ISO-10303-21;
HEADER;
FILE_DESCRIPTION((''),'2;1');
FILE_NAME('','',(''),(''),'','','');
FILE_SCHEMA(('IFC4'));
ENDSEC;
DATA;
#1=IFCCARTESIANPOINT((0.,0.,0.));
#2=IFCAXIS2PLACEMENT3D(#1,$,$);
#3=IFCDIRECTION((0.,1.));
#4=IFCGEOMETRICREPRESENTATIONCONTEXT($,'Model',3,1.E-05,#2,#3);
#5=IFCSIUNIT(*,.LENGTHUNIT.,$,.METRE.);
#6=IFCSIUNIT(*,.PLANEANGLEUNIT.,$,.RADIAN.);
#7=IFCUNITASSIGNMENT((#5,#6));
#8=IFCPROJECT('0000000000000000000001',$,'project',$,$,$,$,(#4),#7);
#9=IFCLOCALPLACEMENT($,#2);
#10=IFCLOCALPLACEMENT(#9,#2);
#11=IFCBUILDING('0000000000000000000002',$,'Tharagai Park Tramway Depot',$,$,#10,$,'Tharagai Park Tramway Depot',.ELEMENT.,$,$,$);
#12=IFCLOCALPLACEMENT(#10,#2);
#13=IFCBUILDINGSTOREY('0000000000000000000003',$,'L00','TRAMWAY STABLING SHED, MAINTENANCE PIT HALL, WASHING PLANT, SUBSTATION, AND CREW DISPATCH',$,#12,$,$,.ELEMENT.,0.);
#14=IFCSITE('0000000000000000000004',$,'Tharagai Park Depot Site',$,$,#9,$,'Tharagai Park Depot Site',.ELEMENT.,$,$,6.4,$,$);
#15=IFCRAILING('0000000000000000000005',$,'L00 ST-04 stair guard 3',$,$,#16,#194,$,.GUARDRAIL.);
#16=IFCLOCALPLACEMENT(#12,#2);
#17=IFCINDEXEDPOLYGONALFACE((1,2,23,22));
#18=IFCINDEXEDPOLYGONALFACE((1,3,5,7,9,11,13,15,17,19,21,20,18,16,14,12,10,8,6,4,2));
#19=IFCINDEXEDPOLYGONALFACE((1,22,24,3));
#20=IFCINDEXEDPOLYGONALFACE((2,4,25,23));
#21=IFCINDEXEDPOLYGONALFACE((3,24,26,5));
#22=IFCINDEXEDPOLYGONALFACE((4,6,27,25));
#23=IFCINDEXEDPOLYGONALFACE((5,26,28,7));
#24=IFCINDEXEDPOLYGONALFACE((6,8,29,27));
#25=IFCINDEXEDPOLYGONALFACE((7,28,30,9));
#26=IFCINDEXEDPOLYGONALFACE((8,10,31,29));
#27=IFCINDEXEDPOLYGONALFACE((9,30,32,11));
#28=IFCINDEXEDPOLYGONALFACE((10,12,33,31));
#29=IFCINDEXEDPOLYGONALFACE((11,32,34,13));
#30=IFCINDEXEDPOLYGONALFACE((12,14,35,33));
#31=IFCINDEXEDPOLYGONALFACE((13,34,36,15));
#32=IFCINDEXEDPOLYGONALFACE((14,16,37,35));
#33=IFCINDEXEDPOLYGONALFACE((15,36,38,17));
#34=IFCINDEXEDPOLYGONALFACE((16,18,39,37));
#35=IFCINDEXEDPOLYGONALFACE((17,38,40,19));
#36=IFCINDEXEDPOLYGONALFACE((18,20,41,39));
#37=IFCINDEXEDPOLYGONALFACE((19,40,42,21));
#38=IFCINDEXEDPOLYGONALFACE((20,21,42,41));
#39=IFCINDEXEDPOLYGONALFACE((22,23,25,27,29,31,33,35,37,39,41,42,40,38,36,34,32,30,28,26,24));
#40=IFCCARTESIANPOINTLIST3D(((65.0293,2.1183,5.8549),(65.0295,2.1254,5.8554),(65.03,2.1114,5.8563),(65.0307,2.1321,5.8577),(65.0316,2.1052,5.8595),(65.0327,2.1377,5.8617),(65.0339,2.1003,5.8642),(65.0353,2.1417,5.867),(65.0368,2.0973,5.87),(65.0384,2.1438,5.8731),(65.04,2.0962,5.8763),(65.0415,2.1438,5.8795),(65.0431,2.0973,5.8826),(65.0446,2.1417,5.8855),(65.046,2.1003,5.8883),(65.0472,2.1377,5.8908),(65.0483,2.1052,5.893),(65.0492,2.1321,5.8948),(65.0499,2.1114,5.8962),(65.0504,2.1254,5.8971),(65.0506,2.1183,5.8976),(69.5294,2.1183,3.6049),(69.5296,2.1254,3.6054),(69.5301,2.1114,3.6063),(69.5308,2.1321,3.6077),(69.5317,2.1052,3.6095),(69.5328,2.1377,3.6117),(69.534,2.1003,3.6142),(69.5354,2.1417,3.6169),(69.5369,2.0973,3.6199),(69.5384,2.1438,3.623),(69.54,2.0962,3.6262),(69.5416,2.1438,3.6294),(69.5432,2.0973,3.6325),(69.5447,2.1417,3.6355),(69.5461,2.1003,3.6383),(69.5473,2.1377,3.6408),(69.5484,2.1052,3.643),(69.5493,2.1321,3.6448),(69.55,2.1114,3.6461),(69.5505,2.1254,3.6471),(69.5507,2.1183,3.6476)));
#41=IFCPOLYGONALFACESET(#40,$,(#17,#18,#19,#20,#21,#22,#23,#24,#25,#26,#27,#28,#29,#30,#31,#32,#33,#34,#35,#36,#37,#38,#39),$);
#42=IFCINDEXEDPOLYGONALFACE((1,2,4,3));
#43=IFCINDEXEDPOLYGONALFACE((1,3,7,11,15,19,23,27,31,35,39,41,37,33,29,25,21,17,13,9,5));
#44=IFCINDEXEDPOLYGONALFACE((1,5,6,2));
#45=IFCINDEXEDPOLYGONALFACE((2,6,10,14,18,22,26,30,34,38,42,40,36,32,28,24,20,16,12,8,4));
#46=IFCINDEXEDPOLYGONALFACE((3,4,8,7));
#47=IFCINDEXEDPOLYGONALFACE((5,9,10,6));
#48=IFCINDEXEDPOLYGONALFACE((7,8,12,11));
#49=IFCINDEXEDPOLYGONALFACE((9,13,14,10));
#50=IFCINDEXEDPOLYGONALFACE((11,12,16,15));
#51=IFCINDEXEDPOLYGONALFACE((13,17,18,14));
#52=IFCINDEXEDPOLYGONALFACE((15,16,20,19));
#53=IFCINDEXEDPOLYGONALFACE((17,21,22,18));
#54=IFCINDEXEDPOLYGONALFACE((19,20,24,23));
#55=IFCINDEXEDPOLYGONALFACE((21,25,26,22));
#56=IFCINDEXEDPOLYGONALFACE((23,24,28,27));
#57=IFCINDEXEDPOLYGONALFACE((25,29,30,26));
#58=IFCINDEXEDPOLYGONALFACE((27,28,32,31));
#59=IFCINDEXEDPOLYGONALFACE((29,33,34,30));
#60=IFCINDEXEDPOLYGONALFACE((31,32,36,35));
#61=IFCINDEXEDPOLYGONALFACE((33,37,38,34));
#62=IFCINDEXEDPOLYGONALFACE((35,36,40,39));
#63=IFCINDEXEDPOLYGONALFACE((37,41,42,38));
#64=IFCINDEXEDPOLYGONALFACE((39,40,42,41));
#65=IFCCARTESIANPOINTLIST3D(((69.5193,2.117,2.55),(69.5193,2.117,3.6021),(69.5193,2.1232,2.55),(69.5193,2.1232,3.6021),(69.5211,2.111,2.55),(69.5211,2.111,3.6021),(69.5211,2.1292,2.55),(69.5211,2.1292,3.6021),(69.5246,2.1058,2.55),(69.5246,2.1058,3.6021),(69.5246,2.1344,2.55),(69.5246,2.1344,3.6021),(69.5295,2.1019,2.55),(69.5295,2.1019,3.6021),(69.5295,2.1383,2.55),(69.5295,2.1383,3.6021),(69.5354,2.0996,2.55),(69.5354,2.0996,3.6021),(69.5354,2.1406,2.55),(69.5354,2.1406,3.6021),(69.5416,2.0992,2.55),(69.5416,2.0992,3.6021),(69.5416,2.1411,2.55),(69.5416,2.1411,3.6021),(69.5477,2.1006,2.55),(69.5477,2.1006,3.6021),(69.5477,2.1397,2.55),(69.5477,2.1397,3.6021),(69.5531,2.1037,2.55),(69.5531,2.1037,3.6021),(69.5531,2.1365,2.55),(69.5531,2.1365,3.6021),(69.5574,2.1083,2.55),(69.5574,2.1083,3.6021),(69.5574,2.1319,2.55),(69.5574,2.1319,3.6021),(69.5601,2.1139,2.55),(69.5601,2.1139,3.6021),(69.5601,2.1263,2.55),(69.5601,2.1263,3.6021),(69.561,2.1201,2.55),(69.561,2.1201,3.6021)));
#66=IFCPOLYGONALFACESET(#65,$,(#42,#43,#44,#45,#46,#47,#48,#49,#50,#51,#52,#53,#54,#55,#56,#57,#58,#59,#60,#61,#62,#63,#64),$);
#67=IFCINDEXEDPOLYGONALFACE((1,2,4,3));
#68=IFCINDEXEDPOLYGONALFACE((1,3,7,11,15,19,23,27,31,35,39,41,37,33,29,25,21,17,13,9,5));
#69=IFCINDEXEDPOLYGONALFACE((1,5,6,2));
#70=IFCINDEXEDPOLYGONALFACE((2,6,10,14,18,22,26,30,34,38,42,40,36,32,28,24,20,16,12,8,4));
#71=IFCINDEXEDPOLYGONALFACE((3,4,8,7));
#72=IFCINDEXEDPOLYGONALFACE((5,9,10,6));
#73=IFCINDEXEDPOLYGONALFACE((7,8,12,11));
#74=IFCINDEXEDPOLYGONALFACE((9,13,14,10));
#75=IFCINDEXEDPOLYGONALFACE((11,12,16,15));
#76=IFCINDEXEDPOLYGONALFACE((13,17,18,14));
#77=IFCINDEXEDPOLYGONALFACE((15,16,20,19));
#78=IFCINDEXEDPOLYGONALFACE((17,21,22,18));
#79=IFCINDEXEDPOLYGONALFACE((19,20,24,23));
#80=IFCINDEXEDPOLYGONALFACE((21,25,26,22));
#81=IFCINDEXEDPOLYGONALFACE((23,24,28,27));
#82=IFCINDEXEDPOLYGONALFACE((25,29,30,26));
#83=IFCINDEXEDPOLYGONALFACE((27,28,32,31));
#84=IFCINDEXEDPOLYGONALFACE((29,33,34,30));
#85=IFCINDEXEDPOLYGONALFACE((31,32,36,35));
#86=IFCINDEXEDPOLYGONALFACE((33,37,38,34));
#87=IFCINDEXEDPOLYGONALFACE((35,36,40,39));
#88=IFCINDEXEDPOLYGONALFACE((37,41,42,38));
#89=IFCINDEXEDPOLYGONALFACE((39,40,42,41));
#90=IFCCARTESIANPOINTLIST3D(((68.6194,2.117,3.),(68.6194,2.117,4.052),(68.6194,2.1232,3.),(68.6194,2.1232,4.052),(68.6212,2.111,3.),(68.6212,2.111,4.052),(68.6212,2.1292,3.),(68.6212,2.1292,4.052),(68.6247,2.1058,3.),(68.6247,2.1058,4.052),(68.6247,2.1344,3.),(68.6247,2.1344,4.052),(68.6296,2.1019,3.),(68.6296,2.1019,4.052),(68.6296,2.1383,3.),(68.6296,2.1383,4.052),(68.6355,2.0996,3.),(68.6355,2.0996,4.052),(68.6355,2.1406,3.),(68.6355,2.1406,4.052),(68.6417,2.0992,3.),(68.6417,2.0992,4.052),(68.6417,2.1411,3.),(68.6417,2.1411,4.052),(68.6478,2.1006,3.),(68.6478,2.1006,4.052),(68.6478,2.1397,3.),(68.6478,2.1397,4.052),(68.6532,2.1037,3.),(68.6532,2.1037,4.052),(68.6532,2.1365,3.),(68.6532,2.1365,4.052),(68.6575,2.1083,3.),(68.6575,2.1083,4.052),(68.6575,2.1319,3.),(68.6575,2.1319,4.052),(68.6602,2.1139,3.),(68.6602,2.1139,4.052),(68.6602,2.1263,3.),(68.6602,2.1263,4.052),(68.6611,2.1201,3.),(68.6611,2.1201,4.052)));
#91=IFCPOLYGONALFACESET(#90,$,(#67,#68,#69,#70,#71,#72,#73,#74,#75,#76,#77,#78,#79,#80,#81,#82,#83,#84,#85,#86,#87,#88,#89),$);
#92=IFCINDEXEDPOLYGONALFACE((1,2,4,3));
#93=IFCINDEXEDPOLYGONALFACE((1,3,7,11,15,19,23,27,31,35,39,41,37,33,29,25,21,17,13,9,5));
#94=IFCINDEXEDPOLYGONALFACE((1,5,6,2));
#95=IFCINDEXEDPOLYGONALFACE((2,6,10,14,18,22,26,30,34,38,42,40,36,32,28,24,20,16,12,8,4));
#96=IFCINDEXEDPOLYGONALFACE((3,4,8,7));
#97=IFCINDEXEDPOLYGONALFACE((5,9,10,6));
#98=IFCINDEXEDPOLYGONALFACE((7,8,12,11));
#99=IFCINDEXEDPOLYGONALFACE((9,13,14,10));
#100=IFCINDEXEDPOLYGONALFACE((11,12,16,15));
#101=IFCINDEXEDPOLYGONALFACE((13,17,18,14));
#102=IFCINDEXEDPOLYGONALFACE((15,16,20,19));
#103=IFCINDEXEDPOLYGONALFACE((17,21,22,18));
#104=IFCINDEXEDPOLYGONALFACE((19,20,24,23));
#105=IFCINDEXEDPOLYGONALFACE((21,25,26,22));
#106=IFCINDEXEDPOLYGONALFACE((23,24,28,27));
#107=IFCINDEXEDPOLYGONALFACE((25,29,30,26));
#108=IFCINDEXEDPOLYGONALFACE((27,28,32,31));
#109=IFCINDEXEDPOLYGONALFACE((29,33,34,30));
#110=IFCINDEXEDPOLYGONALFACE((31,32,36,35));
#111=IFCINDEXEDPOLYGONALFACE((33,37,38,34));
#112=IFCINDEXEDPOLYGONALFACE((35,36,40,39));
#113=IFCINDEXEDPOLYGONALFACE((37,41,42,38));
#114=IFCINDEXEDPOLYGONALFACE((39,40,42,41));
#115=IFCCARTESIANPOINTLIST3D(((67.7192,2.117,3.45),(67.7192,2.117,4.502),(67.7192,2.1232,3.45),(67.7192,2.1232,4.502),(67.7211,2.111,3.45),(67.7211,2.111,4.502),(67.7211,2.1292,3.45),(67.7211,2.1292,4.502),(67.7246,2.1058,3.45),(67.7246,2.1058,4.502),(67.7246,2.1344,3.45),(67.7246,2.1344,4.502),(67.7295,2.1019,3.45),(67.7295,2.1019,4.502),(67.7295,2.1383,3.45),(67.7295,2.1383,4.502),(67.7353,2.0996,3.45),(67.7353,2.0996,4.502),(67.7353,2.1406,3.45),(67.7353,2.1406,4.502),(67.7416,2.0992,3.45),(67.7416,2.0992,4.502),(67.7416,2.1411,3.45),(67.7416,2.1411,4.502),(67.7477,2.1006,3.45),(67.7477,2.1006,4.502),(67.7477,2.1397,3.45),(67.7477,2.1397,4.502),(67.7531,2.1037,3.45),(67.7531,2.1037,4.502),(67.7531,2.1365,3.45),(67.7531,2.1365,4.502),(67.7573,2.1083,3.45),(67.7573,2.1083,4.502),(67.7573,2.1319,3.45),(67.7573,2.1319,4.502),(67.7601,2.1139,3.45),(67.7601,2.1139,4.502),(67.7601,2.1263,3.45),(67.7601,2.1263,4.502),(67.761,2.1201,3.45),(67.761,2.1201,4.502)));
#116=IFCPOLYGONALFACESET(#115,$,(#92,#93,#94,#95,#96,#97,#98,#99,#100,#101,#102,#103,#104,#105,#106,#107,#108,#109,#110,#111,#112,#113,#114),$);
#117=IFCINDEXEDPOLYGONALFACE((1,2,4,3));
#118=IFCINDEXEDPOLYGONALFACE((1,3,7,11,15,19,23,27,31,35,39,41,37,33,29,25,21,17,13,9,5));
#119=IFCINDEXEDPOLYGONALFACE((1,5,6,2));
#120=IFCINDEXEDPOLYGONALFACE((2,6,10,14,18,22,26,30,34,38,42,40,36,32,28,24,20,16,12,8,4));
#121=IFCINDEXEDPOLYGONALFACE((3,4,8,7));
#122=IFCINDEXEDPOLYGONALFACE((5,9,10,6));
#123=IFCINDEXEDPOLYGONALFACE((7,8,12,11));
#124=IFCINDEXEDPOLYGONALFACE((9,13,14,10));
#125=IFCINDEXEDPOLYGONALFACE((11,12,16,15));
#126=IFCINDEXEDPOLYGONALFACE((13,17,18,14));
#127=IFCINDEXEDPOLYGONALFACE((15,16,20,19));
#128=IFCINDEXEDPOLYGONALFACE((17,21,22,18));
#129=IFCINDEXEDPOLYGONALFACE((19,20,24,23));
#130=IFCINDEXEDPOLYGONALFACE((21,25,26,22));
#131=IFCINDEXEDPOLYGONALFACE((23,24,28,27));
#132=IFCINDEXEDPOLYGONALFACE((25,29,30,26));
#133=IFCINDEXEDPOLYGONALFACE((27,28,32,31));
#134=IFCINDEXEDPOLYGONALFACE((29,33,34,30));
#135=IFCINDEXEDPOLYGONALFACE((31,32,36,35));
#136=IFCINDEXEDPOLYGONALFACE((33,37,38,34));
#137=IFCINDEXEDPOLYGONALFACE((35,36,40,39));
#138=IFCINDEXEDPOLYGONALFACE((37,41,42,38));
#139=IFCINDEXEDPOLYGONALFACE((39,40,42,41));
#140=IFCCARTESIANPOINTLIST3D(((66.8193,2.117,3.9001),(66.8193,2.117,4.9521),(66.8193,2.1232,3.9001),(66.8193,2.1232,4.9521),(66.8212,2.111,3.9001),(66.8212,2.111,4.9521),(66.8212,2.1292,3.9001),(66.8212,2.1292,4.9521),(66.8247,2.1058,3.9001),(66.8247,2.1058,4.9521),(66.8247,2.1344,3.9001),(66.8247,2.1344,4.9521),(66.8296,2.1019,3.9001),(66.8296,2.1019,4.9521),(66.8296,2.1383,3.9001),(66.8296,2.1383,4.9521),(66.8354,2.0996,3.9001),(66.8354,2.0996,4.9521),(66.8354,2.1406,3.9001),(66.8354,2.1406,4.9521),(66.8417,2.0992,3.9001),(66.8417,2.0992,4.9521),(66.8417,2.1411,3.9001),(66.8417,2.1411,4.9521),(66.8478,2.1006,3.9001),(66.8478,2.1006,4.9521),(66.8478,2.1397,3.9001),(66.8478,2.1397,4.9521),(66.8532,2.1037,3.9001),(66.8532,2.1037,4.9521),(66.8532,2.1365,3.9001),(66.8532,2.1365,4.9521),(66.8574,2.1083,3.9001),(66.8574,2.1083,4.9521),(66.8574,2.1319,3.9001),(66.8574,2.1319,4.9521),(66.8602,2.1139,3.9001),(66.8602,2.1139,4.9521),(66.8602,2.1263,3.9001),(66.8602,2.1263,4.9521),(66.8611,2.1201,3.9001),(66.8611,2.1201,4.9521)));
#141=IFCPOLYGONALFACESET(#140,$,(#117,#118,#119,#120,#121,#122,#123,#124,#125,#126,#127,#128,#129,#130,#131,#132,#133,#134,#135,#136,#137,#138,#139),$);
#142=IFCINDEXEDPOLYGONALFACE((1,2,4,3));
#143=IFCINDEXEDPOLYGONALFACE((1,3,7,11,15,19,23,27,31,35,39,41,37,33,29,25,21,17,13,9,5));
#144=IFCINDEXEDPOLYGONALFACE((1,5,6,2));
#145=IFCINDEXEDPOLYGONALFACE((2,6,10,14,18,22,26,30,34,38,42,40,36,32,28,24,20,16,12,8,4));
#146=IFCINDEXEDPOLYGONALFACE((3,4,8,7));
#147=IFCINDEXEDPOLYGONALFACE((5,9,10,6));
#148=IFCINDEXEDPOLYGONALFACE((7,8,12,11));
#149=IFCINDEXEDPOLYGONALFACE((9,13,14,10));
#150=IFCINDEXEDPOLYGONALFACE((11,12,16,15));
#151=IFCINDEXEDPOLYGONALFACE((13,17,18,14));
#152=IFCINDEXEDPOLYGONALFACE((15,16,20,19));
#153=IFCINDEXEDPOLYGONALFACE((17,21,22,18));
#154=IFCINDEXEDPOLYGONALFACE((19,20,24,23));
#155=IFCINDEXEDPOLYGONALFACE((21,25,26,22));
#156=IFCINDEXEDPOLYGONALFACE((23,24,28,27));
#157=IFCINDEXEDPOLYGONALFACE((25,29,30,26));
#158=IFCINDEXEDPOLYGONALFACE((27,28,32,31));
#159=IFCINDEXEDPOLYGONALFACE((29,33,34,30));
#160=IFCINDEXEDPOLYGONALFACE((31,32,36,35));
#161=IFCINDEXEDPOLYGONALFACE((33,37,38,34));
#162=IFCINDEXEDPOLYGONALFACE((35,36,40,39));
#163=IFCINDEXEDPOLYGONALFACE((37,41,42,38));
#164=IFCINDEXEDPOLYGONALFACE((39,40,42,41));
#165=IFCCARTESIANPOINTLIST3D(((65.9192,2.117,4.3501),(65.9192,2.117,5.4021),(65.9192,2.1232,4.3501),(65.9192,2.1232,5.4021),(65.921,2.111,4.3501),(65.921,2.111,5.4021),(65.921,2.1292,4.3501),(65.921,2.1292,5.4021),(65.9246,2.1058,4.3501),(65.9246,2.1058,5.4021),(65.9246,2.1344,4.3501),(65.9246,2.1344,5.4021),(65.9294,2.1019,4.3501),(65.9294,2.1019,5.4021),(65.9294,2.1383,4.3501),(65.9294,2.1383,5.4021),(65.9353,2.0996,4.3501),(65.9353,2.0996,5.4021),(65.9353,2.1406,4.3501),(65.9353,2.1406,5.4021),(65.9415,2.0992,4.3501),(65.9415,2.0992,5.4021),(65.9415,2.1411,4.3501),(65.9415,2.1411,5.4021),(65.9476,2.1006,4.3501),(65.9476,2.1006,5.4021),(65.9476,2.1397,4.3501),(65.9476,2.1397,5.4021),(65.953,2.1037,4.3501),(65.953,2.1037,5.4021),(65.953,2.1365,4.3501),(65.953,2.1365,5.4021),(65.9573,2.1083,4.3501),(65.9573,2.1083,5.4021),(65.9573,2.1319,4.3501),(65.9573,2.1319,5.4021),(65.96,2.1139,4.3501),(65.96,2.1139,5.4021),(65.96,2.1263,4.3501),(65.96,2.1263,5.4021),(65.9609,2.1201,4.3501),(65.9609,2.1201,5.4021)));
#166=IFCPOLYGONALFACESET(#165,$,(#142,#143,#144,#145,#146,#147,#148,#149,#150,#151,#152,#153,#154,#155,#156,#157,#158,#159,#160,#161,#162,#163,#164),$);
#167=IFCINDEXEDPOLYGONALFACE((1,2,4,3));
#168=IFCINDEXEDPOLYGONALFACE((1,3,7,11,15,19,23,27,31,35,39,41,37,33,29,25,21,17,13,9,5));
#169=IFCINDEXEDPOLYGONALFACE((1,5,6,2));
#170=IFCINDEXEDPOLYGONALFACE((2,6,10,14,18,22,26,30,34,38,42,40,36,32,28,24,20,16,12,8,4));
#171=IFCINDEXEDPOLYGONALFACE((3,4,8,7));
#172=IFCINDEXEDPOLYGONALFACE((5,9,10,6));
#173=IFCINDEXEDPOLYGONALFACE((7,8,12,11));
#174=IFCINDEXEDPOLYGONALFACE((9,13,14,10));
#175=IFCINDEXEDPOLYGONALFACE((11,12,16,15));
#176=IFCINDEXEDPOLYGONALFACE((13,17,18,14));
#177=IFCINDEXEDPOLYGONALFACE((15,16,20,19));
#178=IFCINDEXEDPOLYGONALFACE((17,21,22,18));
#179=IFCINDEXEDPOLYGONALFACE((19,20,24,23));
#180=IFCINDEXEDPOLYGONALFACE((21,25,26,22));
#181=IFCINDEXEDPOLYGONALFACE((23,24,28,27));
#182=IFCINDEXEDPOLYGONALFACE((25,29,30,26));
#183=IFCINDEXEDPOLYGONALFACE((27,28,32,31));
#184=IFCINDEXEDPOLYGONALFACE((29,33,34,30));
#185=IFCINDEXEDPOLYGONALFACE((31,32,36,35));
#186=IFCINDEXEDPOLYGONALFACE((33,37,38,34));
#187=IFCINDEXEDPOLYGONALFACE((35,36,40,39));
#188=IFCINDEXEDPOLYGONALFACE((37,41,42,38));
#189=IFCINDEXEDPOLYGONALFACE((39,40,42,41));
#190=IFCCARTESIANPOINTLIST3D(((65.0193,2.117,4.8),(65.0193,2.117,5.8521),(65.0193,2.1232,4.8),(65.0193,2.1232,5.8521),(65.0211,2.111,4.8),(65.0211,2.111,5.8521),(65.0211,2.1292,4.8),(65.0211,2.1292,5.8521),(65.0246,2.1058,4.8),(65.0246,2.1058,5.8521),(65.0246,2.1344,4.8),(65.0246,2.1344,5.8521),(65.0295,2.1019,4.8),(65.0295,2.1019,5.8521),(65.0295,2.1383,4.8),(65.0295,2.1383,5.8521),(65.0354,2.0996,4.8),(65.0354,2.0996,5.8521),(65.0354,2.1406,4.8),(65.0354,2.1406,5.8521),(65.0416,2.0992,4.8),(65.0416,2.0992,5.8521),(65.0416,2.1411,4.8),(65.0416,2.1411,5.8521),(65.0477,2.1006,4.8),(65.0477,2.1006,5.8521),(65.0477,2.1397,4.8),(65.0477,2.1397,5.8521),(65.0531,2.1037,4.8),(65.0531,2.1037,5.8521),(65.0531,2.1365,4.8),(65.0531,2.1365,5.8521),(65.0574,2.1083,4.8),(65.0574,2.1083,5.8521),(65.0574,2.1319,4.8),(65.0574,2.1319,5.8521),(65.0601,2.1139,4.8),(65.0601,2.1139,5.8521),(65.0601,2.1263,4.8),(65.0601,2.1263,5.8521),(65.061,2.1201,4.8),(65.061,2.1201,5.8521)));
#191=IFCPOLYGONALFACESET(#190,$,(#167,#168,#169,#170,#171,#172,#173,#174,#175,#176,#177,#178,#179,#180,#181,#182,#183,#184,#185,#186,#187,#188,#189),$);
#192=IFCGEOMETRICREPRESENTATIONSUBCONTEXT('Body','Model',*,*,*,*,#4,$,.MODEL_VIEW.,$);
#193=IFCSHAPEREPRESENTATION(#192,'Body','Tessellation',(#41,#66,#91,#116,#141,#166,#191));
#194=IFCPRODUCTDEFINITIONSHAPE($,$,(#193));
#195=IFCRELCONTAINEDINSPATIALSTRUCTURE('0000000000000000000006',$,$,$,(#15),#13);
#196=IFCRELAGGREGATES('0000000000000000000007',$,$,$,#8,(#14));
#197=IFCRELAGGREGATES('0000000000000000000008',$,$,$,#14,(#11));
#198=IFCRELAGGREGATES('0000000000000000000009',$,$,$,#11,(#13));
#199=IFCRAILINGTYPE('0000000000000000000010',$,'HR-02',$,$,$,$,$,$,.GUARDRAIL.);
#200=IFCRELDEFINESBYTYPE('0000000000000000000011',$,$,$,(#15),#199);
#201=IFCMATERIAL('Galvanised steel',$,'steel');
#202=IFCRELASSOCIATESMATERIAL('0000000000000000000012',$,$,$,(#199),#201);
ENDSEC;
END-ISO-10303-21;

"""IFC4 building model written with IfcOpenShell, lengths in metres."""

from ifc_helpers import new_model, si_unit, direction, frame, origin, origin_2d, place, context, subcontext, project, spatial, circle, extrude, material, type_object, element, save


model = new_model("IFC4")

# Units and contexts
model_context = context("Model", 3, precision=1e-05, world=origin(), true_north=direction((0.0, 1.0)))
body_context = subcontext(model_context, "Body", "Model", "MODEL_VIEW")
ifc_project = project(units=[si_unit("LENGTHUNIT", "METRE"), si_unit("PLANEANGLEUNIT", "RADIAN")], contexts=[model_context])

# Site, building, storey
site_placement = place(None, origin())
site = spatial("IfcSite", under=ifc_project, at=site_placement, Name="Tharagai Park Depot Site", LongName="Tharagai Park Depot Site", CompositionType="ELEMENT", RefElevation=6.4)
building_placement = place(site_placement, origin())
building = spatial("IfcBuilding", under=site, at=building_placement, Name="Tharagai Park Tramway Depot", LongName="Tharagai Park Tramway Depot", CompositionType="ELEMENT")
storey_placement = place(building_placement, origin())
storey = spatial("IfcBuildingStorey", under=building, at=storey_placement, Name="L00", Description="TRAMWAY STABLING SHED, MAINTENANCE PIT HALL, WASHING PLANT, SUBSTATION, AND CREW DISPATCH", CompositionType="ELEMENT", Elevation=0.0)

# Shared definitions
ifc_material_1 = material(Name="Galvanised steel", Category="steel")

# Railing
railing_type_1 = type_object("IfcRailingType", Name="HR-02", PredefinedType="GUARDRAIL", material=ifc_material_1)
railing_1_placement = place(storey_placement, frame((69.54, 2.1201, 2.55)))
element("IfcRailing", 1, at=railing_1_placement, inside=storey, type_object=railing_type_1, Name="L00 ST-04 stair guard 3", PredefinedType="GUARDRAIL", context=body_context, shape_type="SweptSolid", body=[
    extrude(circle(Radius=0.0239, at=origin_2d()), frame((0.0, 0.0, 1.0762), z_axis=(-0.894427, 0.0, 0.447214), x_axis=(0.0, -1.0, 0.0)), (0.0, 0.0, 1.0), 5.0312),
    extrude(circle(Radius=0.021, at=origin_2d()), origin(), (0.0, 0.0, 1.0), 1.052),
    extrude(circle(Radius=0.021, at=origin_2d()), frame((-0.8999, 0.0, 0.45)), (0.0, 0.0, 1.0), 1.052),
    extrude(circle(Radius=0.021, at=origin_2d()), frame((-1.8, 0.0, 0.8999)), (0.0, 0.0, 1.0), 1.052),
    extrude(circle(Radius=0.021, at=origin_2d()), frame((-2.7, 0.0, 1.3501)), (0.0, 0.0, 1.0), 1.052),
    extrude(circle(Radius=0.021, at=origin_2d()), frame((-3.6001, 0.0, 1.8)), (0.0, 0.0, 1.0), 1.052),
    extrude(circle(Radius=0.021, at=origin_2d()), frame((-4.5, 0.0, 2.25)), (0.0, 0.0, 1.0), 1.052),
])

save(model, "model.ifc")
